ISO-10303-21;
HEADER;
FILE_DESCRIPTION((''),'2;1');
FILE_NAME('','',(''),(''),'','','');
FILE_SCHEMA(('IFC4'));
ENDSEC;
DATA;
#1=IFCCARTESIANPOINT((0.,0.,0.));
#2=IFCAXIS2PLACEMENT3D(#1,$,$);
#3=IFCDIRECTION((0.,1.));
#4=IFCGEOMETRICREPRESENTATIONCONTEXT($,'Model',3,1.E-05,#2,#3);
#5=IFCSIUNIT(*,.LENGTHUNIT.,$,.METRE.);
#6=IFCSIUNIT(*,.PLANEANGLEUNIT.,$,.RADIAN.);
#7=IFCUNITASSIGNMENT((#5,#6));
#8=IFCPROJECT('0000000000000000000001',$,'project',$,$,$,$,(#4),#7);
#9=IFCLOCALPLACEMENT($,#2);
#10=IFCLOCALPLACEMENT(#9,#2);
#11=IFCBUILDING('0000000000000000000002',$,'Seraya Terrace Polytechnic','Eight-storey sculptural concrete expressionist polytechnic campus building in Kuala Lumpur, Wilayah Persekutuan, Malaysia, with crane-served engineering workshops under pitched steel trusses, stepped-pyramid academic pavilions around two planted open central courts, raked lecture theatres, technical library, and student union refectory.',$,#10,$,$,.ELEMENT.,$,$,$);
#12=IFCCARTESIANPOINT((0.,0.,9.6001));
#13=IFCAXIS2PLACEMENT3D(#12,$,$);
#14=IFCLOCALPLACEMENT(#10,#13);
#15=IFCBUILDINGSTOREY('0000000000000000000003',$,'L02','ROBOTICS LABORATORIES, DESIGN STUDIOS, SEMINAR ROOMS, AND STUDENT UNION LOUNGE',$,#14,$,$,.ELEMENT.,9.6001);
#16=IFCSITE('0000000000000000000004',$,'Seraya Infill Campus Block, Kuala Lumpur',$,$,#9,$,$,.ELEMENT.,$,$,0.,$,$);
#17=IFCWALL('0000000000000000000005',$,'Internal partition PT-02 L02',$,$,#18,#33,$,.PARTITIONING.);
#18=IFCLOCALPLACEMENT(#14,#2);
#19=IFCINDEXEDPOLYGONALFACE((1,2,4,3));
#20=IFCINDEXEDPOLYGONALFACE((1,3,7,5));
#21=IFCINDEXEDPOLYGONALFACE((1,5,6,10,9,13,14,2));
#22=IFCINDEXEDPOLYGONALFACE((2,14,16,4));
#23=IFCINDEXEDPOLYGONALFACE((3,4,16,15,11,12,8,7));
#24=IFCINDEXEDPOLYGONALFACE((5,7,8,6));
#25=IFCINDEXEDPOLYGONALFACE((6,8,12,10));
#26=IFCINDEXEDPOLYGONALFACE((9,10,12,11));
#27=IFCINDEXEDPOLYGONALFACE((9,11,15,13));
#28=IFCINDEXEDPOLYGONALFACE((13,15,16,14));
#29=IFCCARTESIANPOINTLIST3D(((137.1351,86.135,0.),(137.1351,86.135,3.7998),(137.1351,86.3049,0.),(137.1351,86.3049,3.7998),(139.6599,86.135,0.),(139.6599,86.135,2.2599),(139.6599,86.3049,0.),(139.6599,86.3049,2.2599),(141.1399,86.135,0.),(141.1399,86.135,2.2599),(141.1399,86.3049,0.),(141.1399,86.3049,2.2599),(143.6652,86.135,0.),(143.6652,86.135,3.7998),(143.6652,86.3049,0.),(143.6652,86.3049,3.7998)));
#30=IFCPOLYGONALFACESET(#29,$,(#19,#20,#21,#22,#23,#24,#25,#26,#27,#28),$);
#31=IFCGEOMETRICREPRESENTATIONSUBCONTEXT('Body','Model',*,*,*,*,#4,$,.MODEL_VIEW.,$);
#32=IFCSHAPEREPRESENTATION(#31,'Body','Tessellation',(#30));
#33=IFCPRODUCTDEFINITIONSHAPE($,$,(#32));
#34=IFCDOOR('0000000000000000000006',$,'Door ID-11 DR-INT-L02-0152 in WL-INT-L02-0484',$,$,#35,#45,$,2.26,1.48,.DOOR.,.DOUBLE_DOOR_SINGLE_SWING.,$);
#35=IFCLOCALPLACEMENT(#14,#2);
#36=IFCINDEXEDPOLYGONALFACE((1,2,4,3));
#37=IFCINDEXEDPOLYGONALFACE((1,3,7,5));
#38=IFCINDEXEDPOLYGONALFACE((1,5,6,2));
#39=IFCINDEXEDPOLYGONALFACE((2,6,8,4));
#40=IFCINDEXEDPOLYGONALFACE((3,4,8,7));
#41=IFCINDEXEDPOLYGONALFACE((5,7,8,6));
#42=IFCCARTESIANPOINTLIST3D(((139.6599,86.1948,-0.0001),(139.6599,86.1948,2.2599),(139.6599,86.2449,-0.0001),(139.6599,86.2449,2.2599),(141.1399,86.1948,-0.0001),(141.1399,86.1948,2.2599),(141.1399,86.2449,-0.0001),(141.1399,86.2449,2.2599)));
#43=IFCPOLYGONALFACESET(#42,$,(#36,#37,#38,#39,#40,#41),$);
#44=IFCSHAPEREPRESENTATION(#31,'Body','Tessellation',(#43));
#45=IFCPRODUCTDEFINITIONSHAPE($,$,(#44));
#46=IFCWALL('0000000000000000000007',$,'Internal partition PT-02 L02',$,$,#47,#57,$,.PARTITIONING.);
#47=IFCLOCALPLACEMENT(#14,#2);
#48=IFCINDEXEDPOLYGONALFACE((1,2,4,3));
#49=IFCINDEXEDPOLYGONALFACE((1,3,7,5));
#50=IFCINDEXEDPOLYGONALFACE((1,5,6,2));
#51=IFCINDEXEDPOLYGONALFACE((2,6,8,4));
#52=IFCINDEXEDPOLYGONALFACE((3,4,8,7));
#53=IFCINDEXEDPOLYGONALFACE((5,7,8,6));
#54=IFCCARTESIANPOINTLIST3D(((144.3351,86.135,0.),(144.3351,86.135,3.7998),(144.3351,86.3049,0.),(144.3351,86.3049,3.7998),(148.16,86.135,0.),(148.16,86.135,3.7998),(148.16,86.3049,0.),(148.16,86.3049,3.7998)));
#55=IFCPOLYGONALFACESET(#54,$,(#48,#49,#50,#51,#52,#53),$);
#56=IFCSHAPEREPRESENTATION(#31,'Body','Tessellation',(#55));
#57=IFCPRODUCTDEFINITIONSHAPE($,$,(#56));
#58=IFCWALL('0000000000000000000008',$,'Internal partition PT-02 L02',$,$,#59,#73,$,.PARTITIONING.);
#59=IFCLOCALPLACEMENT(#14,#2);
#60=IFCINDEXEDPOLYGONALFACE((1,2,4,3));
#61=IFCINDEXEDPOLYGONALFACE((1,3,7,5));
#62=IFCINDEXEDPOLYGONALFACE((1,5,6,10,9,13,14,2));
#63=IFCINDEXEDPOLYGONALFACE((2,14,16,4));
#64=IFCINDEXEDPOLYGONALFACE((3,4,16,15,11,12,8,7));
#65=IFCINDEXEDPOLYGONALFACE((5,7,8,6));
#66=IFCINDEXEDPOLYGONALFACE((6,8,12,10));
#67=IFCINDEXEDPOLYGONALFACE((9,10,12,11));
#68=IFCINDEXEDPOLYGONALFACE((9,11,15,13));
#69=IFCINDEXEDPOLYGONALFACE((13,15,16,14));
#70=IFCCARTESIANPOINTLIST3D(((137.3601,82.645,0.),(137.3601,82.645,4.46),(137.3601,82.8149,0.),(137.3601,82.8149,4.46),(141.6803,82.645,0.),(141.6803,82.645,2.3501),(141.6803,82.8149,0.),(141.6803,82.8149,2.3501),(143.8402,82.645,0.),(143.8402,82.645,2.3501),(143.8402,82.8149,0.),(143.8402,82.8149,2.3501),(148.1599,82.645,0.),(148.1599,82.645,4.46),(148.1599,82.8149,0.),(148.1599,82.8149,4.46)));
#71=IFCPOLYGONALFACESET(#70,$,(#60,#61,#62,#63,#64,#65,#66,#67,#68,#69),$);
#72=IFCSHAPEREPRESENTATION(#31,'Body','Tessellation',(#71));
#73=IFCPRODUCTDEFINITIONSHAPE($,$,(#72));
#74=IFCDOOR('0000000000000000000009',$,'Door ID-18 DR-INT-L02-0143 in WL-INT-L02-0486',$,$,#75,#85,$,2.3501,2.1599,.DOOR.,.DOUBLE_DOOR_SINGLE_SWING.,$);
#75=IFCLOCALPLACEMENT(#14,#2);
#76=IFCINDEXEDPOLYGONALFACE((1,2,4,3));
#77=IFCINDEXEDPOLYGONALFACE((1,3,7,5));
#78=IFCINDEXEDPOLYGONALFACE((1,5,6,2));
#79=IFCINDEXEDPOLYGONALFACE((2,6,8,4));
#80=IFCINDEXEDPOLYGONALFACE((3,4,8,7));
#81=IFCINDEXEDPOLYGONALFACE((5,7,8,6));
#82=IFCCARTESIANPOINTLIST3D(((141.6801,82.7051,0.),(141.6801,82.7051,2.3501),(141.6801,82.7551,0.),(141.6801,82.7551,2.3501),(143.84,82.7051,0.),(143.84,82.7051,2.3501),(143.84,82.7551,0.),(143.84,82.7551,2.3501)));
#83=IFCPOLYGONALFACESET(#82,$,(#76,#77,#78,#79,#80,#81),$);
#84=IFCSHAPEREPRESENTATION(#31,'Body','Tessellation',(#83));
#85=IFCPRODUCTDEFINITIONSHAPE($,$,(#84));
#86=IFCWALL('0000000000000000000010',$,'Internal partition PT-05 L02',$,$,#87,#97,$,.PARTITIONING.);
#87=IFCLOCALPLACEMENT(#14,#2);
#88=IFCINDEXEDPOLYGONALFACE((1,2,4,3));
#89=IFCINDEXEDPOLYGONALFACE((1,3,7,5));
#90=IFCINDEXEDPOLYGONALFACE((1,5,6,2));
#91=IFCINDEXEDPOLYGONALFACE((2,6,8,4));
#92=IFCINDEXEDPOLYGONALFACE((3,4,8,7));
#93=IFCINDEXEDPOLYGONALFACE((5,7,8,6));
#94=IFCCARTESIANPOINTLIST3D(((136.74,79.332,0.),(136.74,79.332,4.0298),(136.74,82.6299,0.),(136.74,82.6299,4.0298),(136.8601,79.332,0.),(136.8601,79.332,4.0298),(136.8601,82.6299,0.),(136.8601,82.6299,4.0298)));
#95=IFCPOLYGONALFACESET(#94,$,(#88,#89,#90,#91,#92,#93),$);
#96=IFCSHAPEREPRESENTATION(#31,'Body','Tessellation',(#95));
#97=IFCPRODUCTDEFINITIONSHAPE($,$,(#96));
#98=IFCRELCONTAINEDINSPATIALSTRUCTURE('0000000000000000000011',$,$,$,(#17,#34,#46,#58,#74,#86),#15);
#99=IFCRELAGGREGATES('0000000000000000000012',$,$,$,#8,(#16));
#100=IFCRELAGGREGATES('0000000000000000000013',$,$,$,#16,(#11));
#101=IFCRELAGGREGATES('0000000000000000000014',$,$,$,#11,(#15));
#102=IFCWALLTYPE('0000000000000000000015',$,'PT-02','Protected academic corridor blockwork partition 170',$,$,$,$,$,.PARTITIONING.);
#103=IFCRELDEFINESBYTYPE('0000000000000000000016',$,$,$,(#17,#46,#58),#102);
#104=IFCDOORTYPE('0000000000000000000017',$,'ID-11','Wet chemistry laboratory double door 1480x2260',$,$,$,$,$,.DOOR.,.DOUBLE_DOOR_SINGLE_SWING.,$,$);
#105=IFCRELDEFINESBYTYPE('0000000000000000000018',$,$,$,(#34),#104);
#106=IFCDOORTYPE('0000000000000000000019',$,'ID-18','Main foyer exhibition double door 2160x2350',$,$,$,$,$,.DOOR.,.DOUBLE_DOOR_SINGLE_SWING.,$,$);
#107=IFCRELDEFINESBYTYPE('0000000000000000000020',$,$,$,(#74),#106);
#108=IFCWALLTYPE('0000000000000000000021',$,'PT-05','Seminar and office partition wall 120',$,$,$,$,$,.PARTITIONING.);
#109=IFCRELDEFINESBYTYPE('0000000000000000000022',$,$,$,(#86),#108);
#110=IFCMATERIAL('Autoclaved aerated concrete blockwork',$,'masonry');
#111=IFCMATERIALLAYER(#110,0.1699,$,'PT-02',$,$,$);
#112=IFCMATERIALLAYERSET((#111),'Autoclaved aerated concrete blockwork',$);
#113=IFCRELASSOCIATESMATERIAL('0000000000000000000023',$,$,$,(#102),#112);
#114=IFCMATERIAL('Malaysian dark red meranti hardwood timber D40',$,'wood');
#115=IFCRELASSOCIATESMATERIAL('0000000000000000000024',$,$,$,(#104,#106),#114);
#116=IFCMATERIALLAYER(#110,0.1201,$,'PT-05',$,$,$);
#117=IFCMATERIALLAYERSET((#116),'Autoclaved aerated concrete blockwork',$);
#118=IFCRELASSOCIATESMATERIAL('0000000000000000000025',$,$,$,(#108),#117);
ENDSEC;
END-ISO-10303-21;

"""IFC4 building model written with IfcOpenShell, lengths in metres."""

from ifc_helpers import new_model, si_unit, direction, frame, frame_2d, origin, place, context, subcontext, project, spatial, rectangle, extrude, material, layer, layer_set, type_object, element, fill, save


model = new_model("IFC4")

# Units and contexts
model_context = context("Model", 3, precision=1e-05, world=origin(), true_north=direction((0.0, 1.0)))
body_context = subcontext(model_context, "Body", "Model", "MODEL_VIEW")
ifc_project = project(units=[si_unit("LENGTHUNIT", "METRE"), si_unit("PLANEANGLEUNIT", "RADIAN")], contexts=[model_context])

# Site, building, storey
site_placement = place(None, origin())
site = spatial("IfcSite", under=ifc_project, at=site_placement, Name="Seraya Infill Campus Block, Kuala Lumpur", CompositionType="ELEMENT", RefElevation=0.0)
building_placement = place(site_placement, origin())
building = spatial("IfcBuilding", under=site, at=building_placement, Name="Seraya Terrace Polytechnic", Description="Eight-storey sculptural concrete expressionist polytechnic campus building in Kuala Lumpur, Wilayah Persekutuan, Malaysia, with crane-served engineering workshops under pitched steel trusses, stepped-pyramid academic pavilions around two planted open central courts, raked lecture theatres, technical library, and student union refectory.", CompositionType="ELEMENT")
storey_placement = place(building_placement, frame((0.0, 0.0, 9.6001)))
storey = spatial("IfcBuildingStorey", under=building, at=storey_placement, Name="L02", Description="ROBOTICS LABORATORIES, DESIGN STUDIOS, SEMINAR ROOMS, AND STUDENT UNION LOUNGE", CompositionType="ELEMENT", Elevation=9.6001)

# Wall, opening, door
ifc_material_1 = material(Name="Autoclaved aerated concrete blockwork", Category="masonry")
ifc_layer_1 = layer(ifc_material_1, 0.1699, Name="PT-02")
ifc_layer_set_1 = layer_set([ifc_layer_1], Name="Autoclaved aerated concrete blockwork")
wall_type_1 = type_object("IfcWallType", Name="PT-02", Description="Protected academic corridor blockwork partition 170", PredefinedType="PARTITIONING", material=ifc_layer_set_1)
wall_1_placement = place(storey_placement, frame((137.135, 86.22, 0.0), z_axis=(0.0, 0.0, 1.0), x_axis=(1.0, 0.0, 0.0)))
wall_1 = element("IfcWall", 1, at=wall_1_placement, inside=storey, type_object=wall_type_1, Name="Internal partition PT-02 L02", PredefinedType="PARTITIONING", context=body_context, shape_type="SweptSolid", body=[
    extrude(rectangle(XDim=6.53, YDim=0.1699, at=frame_2d((3.2651, 0.0))), origin(), (0.0, 0.0, 1.0), 3.7998),
])
opening_1_placement = place(wall_1_placement, frame((2.5249, 0.0, 0.0)))
opening_1 = element("IfcOpeningElement", 2, at=opening_1_placement, cuts=wall_1, PredefinedType="OPENING", context=body_context, shape_type="SweptSolid", body=[
    extrude(rectangle(XDim=1.48, YDim=2.26, at=frame_2d((0.74, 1.1299))), frame((0.0, 0.0969, 0.0), z_axis=(0.0, -1.0, 0.0), x_axis=(1.0, 0.0, 0.0)), (0.0, 0.0, 1.0), 0.1938),
])
ifc_material_2 = material(Name="Malaysian dark red meranti hardwood timber D40", Category="wood")
door_type_1 = type_object("IfcDoorType", Name="ID-11", Description="Wet chemistry laboratory double door 1480x2260", OperationType="DOUBLE_DOOR_SINGLE_SWING", PredefinedType="DOOR", material=ifc_material_2)
door_1_placement = place(opening_1_placement, origin())
door_1 = element("IfcDoor", 3, at=door_1_placement, inside=storey, type_object=door_type_1, Name="Door ID-11 DR-INT-L02-0152 in WL-INT-L02-0484", OperationType="DOUBLE_DOOR_SINGLE_SWING", OverallHeight=2.26, OverallWidth=1.48, PredefinedType="DOOR", context=body_context, shape_type="SweptSolid", body=[
    extrude(rectangle(XDim=1.48, YDim=2.26, at=frame_2d((0.74, 1.1299))), frame((0.0, 0.0249, 0.0), z_axis=(0.0, -1.0, 0.0), x_axis=(1.0, 0.0, 0.0)), (0.0, 0.0, 1.0), 0.05),
])
fill(opening_1, door_1)

# Wall
wall_2_placement = place(storey_placement, frame((144.335, 86.22, 0.0), z_axis=(0.0, 0.0, 1.0), x_axis=(1.0, 0.0, 0.0)))
element("IfcWall", 4, at=wall_2_placement, inside=storey, type_object=wall_type_1, Name="Internal partition PT-02 L02", PredefinedType="PARTITIONING", context=body_context, shape_type="SweptSolid", body=[
    extrude(rectangle(XDim=3.825, YDim=0.1699, at=frame_2d((1.9126, 0.0))), origin(), (0.0, 0.0, 1.0), 3.7998),
])

# Wall, opening, door
wall_3_placement = place(storey_placement, frame((137.3601, 82.73, 0.0), z_axis=(0.0, 0.0, 1.0), x_axis=(1.0, 0.0, 0.0)))
wall_3 = element("IfcWall", 5, at=wall_3_placement, inside=storey, type_object=wall_type_1, Name="Internal partition PT-02 L02", PredefinedType="PARTITIONING", context=body_context, shape_type="SweptSolid", body=[
    extrude(rectangle(XDim=10.7998, YDim=0.1699, at=frame_2d((5.3999, 0.0))), origin(), (0.0, 0.0, 1.0), 4.46),
])
opening_2_placement = place(wall_3_placement, frame((4.3201, 0.0, 0.0)))
opening_2 = element("IfcOpeningElement", 6, at=opening_2_placement, cuts=wall_3, PredefinedType="OPENING", context=body_context, shape_type="SweptSolid", body=[
    extrude(rectangle(XDim=2.1599, YDim=2.3501, at=frame_2d((1.0801, 1.175))), frame((0.0, 0.0969, 0.0), z_axis=(0.0, -1.0, 0.0), x_axis=(1.0, 0.0, 0.0)), (0.0, 0.0, 1.0), 0.1938),
])
door_type_2 = type_object("IfcDoorType", Name="ID-18", Description="Main foyer exhibition double door 2160x2350", OperationType="DOUBLE_DOOR_SINGLE_SWING", PredefinedType="DOOR", material=ifc_material_2)
door_2_placement = place(opening_2_placement, frame((2.1599, 0.0, 0.0), z_axis=(0.0, 0.0, 1.0), x_axis=(-1.0, 0.0, 0.0)))
door_2 = element("IfcDoor", 7, at=door_2_placement, inside=storey, type_object=door_type_2, Name="Door ID-18 DR-INT-L02-0143 in WL-INT-L02-0486", OperationType="DOUBLE_DOOR_SINGLE_SWING", OverallHeight=2.3501, OverallWidth=2.1599, PredefinedType="DOOR", context=body_context, shape_type="SweptSolid", body=[
    extrude(rectangle(XDim=2.1599, YDim=2.3501, at=frame_2d((1.0801, 1.175))), frame((0.0, 0.0249, 0.0), z_axis=(0.0, -1.0, 0.0), x_axis=(1.0, 0.0, 0.0)), (0.0, 0.0, 1.0), 0.05),
])
fill(opening_2, door_2)

# Wall
ifc_layer_2 = layer(ifc_material_1, 0.1201, Name="PT-05")
ifc_layer_set_2 = layer_set([ifc_layer_2], Name="Autoclaved aerated concrete blockwork")
wall_type_2 = type_object("IfcWallType", Name="PT-05", Description="Seminar and office partition wall 120", PredefinedType="PARTITIONING", material=ifc_layer_set_2)
wall_4_placement = place(storey_placement, frame((136.8, 79.332, 0.0), z_axis=(0.0, 0.0, 1.0), x_axis=(0.0, 1.0, 0.0)))
element("IfcWall", 8, at=wall_4_placement, inside=storey, type_object=wall_type_2, Name="Internal partition PT-05 L02", PredefinedType="PARTITIONING", context=body_context, shape_type="SweptSolid", body=[
    extrude(rectangle(XDim=3.2979, YDim=0.1201, at=frame_2d((1.6489, 0.0))), origin(), (0.0, 0.0, 1.0), 4.0298),
])

save(model, "model.ifc")
